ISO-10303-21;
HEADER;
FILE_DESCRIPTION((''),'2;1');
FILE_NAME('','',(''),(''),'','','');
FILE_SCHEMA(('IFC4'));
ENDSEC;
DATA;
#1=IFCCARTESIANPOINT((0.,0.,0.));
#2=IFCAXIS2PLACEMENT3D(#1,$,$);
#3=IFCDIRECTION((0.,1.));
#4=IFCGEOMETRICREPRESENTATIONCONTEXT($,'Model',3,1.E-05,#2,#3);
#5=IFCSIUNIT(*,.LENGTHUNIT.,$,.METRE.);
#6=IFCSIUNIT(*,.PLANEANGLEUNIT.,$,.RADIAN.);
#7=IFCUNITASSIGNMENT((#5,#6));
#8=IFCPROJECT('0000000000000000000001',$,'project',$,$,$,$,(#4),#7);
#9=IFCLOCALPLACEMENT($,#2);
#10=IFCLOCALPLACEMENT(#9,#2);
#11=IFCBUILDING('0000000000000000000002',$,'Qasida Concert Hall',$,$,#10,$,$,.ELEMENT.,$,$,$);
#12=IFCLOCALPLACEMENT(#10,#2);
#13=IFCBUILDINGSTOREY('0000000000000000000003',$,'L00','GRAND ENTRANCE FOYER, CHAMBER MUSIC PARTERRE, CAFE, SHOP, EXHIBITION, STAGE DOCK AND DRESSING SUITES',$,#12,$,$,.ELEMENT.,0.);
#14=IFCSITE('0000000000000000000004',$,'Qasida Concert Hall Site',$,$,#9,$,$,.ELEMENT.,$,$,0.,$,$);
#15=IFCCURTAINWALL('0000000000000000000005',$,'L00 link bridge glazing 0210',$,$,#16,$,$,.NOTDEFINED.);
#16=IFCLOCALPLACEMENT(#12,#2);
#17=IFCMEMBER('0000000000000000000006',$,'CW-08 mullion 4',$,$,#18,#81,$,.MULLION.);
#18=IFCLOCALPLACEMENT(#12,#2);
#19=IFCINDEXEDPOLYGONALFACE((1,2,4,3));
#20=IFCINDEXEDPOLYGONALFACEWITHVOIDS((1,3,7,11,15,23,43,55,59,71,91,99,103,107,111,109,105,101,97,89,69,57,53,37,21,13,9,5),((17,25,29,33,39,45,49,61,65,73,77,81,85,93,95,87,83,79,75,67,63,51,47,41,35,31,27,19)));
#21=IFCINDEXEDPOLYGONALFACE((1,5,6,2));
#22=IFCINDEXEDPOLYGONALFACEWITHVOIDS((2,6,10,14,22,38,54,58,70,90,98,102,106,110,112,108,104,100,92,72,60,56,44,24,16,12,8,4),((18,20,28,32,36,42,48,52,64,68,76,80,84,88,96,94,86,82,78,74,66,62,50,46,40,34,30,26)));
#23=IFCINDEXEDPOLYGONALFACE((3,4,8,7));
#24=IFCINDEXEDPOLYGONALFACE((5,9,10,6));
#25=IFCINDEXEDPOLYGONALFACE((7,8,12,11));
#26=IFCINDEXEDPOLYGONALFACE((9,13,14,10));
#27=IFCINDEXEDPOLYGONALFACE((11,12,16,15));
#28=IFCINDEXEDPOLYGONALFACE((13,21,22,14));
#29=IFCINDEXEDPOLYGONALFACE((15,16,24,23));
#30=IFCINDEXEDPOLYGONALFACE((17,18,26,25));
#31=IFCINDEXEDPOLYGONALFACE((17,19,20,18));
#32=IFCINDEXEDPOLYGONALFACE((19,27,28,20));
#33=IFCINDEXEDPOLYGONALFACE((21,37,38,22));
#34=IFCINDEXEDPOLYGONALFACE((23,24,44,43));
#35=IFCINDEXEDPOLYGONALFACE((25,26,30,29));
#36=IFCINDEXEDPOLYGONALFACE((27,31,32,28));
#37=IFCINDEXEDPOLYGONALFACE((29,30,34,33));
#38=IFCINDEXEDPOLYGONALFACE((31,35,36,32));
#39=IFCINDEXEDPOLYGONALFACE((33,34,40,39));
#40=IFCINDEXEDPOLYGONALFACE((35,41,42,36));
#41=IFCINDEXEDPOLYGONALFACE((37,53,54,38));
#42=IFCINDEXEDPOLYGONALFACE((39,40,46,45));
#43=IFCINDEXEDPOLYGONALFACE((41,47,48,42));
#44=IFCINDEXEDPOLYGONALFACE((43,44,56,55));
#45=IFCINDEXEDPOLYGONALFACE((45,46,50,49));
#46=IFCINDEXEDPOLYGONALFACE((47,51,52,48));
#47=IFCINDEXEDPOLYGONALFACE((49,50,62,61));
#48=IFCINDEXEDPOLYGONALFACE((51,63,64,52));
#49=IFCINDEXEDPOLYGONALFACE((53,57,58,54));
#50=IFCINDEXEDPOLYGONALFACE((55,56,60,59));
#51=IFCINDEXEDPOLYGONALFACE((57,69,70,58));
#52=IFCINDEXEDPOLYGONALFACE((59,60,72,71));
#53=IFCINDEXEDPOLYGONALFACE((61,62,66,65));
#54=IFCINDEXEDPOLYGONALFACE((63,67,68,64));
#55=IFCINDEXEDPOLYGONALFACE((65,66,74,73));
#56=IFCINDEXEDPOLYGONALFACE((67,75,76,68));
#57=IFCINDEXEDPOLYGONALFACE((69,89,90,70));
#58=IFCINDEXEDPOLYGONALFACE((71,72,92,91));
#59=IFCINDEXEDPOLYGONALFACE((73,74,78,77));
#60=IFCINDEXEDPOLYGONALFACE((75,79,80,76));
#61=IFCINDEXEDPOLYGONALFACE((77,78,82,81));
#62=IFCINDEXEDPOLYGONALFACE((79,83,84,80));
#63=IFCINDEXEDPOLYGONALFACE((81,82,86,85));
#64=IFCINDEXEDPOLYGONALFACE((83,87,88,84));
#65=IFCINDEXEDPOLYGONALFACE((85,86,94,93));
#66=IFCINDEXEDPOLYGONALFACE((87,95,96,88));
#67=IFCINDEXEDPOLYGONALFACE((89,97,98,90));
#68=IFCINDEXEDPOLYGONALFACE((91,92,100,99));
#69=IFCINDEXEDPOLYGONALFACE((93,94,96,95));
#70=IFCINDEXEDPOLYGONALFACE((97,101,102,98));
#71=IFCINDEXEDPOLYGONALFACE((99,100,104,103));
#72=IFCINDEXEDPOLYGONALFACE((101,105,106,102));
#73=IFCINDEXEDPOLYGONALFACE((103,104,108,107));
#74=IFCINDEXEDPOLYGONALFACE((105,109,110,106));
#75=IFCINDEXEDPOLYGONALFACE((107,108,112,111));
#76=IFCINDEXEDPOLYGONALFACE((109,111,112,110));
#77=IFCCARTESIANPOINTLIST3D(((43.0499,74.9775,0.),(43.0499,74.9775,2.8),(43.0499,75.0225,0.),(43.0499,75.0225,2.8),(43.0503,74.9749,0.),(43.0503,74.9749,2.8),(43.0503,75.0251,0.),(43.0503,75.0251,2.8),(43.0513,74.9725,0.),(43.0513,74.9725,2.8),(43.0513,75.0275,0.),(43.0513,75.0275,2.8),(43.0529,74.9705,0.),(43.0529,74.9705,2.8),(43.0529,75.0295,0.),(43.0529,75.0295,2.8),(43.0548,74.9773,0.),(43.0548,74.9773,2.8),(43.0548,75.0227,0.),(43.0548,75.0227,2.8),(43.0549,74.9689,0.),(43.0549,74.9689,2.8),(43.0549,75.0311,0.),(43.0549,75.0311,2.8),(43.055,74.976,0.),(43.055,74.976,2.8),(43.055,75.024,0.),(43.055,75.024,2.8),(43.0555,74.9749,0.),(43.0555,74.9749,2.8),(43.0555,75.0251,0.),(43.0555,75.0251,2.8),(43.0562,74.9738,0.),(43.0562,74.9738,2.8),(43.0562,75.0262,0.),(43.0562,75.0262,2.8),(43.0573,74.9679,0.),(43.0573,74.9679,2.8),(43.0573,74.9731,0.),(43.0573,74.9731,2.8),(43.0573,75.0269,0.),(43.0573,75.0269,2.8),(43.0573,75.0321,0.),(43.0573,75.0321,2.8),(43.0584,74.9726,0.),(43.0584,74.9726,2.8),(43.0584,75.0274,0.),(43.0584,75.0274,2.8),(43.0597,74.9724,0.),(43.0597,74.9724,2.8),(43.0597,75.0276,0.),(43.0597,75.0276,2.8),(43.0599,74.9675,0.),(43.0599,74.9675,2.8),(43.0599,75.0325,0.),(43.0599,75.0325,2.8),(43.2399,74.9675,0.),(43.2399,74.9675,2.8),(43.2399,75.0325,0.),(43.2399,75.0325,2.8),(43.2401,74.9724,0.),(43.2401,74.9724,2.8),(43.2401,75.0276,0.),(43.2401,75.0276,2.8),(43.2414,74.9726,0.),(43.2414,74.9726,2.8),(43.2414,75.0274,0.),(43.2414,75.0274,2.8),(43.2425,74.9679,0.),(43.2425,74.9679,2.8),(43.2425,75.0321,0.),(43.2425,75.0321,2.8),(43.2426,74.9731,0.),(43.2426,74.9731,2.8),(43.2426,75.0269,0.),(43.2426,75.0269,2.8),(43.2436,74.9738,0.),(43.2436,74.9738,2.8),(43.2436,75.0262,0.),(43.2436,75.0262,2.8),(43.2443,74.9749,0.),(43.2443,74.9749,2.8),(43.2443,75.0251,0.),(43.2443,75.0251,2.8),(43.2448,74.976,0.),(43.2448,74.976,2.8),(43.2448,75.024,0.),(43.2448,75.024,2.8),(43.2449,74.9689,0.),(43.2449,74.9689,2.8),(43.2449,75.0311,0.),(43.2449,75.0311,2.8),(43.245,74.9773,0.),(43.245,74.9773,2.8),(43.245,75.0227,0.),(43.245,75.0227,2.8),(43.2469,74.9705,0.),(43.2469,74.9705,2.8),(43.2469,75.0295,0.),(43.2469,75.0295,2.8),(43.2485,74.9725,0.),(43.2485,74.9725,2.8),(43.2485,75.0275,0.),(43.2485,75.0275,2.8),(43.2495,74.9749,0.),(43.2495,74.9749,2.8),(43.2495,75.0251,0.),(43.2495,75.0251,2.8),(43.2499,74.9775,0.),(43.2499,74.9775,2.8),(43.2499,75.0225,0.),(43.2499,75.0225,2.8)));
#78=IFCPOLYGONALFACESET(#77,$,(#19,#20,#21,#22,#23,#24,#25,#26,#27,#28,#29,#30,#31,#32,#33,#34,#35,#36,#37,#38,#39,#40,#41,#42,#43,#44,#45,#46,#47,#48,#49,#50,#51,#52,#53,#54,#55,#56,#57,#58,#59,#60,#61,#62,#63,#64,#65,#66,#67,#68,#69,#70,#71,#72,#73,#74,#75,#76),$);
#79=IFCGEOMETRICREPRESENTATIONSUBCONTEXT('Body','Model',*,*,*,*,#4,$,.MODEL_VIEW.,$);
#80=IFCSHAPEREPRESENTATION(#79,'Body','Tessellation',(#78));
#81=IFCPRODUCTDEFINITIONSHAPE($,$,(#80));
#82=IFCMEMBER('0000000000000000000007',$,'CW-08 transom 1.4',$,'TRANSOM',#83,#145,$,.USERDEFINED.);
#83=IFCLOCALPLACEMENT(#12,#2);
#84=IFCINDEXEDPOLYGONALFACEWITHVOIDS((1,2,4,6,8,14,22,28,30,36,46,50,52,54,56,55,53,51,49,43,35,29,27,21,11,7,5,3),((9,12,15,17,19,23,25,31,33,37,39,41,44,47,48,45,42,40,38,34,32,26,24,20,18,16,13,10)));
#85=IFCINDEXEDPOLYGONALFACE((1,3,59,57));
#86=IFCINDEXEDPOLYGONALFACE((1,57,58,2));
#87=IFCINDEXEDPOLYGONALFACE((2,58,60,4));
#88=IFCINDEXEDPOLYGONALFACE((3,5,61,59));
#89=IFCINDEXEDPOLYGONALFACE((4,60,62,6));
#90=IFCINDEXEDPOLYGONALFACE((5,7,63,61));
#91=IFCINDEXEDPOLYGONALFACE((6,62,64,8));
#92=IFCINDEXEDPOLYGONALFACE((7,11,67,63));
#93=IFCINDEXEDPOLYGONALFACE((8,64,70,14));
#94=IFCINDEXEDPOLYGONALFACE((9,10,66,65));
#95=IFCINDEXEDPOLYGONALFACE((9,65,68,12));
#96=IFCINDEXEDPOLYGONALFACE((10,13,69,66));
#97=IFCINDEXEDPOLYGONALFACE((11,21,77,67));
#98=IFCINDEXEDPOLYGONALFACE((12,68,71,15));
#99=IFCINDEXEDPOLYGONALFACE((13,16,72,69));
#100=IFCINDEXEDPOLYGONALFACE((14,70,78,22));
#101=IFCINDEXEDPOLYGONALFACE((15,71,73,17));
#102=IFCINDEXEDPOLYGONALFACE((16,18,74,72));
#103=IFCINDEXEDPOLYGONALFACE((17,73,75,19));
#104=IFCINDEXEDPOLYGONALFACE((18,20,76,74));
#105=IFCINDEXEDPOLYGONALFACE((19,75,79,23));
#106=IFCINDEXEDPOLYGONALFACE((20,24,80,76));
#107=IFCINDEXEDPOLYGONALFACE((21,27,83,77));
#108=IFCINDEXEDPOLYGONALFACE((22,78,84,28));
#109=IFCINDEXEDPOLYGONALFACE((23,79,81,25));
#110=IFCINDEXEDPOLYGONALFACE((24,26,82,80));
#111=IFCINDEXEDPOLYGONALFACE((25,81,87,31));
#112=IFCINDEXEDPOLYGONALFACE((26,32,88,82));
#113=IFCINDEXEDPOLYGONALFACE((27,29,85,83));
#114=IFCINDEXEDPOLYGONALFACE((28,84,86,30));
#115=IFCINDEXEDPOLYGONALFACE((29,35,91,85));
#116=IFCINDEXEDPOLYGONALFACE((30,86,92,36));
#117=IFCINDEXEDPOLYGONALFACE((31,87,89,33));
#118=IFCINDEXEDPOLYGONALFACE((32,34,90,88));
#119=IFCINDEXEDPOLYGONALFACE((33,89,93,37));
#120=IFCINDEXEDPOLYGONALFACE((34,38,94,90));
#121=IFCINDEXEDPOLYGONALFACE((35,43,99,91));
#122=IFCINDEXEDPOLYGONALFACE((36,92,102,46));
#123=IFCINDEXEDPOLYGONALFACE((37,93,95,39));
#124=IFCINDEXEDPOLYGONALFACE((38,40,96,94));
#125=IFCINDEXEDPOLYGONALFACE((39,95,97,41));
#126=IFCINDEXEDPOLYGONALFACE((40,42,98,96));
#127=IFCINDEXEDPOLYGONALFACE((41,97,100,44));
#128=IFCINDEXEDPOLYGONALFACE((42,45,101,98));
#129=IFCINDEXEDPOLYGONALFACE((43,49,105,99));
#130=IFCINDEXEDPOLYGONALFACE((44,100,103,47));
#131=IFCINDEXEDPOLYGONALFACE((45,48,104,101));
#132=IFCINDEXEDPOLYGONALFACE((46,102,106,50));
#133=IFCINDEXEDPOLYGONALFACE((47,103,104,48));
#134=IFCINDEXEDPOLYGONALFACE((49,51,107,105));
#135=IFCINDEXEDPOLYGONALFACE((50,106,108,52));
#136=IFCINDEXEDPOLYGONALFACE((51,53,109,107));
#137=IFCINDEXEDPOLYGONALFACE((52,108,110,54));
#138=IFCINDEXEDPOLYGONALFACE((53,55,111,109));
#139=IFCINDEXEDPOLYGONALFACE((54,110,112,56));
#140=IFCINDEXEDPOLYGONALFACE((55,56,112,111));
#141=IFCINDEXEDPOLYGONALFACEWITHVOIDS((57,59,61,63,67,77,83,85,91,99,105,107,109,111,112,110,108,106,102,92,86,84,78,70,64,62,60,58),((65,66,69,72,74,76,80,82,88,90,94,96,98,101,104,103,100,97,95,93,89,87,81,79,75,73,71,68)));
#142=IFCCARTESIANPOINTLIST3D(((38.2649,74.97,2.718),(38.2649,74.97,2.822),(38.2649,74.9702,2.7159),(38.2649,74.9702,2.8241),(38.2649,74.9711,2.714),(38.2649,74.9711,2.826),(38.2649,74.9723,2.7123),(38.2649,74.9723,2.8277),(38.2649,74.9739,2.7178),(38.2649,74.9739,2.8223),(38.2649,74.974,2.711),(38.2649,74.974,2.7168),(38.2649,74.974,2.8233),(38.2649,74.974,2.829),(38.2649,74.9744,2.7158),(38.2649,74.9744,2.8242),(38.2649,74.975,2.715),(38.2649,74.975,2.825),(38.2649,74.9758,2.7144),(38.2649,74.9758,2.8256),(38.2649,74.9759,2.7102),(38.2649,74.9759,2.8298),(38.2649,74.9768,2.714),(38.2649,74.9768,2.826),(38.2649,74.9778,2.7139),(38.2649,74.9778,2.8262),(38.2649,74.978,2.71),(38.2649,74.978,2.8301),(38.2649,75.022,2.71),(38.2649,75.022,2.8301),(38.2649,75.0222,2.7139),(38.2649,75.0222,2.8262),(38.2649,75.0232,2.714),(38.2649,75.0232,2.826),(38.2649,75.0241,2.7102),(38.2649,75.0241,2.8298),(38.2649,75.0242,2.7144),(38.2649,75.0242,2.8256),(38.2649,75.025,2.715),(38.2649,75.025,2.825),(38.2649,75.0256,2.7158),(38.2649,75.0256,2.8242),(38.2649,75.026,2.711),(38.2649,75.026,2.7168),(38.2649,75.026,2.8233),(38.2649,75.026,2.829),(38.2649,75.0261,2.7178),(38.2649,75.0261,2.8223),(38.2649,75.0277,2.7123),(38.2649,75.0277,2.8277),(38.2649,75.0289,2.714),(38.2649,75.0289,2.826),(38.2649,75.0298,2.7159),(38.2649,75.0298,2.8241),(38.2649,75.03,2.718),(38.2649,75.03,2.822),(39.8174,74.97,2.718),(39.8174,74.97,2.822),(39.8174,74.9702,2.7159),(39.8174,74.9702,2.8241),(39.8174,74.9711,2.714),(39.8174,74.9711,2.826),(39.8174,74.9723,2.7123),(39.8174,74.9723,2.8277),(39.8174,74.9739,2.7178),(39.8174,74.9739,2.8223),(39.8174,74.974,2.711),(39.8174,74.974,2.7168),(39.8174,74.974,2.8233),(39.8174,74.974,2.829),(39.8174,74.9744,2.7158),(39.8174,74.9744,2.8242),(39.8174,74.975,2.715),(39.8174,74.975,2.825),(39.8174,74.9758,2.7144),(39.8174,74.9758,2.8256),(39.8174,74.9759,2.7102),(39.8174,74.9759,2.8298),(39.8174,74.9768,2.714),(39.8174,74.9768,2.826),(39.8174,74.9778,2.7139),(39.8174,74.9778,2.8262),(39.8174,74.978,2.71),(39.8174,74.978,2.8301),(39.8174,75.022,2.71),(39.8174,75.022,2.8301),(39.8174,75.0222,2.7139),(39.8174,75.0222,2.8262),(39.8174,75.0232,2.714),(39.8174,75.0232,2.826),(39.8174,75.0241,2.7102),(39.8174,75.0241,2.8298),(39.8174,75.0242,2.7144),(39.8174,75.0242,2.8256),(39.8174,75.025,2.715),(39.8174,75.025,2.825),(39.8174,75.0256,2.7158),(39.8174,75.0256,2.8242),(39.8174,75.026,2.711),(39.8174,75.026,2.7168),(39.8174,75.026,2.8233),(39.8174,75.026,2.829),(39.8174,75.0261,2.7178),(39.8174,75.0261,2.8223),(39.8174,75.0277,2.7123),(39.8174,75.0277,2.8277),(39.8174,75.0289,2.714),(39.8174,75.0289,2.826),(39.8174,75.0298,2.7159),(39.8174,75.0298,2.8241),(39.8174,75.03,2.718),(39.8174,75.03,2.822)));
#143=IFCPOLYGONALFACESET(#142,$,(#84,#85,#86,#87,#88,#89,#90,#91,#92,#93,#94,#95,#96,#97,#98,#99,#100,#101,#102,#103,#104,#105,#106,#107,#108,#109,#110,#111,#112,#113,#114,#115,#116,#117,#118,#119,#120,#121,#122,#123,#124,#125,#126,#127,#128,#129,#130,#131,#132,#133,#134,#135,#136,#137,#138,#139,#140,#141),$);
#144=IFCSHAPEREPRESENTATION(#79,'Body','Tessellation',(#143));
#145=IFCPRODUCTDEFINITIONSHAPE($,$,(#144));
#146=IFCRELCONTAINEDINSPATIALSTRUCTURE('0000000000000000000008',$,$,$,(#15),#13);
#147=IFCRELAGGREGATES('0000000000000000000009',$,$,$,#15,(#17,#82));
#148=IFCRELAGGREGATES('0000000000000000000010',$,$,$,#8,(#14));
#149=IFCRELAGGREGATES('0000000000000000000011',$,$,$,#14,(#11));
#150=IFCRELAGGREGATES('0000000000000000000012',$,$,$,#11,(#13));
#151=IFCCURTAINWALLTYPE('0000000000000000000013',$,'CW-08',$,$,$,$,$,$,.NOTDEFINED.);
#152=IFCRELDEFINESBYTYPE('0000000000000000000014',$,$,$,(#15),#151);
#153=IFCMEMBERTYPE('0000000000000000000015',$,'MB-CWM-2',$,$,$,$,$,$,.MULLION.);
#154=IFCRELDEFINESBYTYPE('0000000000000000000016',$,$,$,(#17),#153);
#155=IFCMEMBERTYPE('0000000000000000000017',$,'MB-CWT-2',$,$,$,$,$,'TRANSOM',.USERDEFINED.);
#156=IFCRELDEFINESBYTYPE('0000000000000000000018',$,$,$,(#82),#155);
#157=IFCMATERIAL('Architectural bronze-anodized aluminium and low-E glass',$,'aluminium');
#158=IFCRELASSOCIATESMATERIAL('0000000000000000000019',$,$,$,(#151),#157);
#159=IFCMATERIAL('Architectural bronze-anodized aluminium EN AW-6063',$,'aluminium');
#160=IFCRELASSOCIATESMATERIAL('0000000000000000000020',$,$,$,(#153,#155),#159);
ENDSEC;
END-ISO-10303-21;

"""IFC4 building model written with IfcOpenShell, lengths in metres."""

from ifc_helpers import new_model, si_unit, direction, frame, origin, origin_2d, place, context, subcontext, project, spatial, hollow_rectangle, extrude, material, material_profile, profile_set, type_object, element, aggregate, save


model = new_model("IFC4")

# Units and contexts
model_context = context("Model", 3, precision=1e-05, world=origin(), true_north=direction((0.0, 1.0)))
body_context = subcontext(model_context, "Body", "Model", "MODEL_VIEW")
ifc_project = project(units=[si_unit("LENGTHUNIT", "METRE"), si_unit("PLANEANGLEUNIT", "RADIAN")], contexts=[model_context])

# Site, building, storey
site_placement = place(None, origin())
site = spatial("IfcSite", under=ifc_project, at=site_placement, Name="Qasida Concert Hall Site", CompositionType="ELEMENT", RefElevation=0.0)
building_placement = place(site_placement, origin())
building = spatial("IfcBuilding", under=site, at=building_placement, Name="Qasida Concert Hall", CompositionType="ELEMENT")
storey_placement = place(building_placement, origin())
storey = spatial("IfcBuildingStorey", under=building, at=storey_placement, Name="L00", Description="GRAND ENTRANCE FOYER, CHAMBER MUSIC PARTERRE, CAFE, SHOP, EXHIBITION, STAGE DOCK AND DRESSING SUITES", CompositionType="ELEMENT", Elevation=0.0)

# Curtain wall, members
ifc_material_1 = material(Name="Architectural bronze-anodized aluminium and low-E glass", Category="aluminium")
curtain_wall_type = type_object("IfcCurtainWallType", Name="CW-08", PredefinedType="NOTDEFINED", material=ifc_material_1)
curtain_wall_placement = place(storey_placement, origin())
curtain_wall = element("IfcCurtainWall", 1, at=curtain_wall_placement, inside=storey, type_object=curtain_wall_type, Name="L00 link bridge glazing 0210", PredefinedType="NOTDEFINED")
ifc_material_2 = material(Name="Architectural bronze-anodized aluminium EN AW-6063", Category="aluminium")
ifc_material_profile_1 = material_profile(ifc_material_2, hollow_rectangle(XDim=0.0649, YDim=0.2, WallThickness=0.0049, InnerFilletRadius=0.0049, OuterFilletRadius=0.01, at=origin_2d()), Name="CWM 200x65x5")
ifc_profile_set_1 = profile_set([ifc_material_profile_1], Name="Architectural bronze-anodized aluminium EN AW-6063")
member_type_1 = type_object("IfcMemberType", Name="MB-CWM-2", PredefinedType="MULLION", material=ifc_profile_set_1)
member_1_placement = place(storey_placement, frame((43.1499, 75.0, 0.0), z_axis=(0.0, 0.0, 1.0), x_axis=(0.0, 1.0, 0.0)))
member_1 = element("IfcMember", 2, at=member_1_placement, type_object=member_type_1, Name="CW-08 mullion 4", PredefinedType="MULLION", context=body_context, shape_type="SweptSolid", body=[
    extrude(hollow_rectangle(XDim=0.0649, YDim=0.2, WallThickness=0.0049, InnerFilletRadius=0.0049, OuterFilletRadius=0.01, at=origin_2d()), origin(), (0.0, 0.0, 1.0), 2.8),
])
ifc_material_profile_2 = material_profile(ifc_material_2, hollow_rectangle(XDim=0.0601, YDim=0.1201, WallThickness=0.0039, InnerFilletRadius=0.0039, OuterFilletRadius=0.0081, at=origin_2d()), Name="CWT 120x60x4")
ifc_profile_set_2 = profile_set([ifc_material_profile_2], Name="Architectural bronze-anodized aluminium EN AW-6063")
member_type_2 = type_object("IfcMemberType", Name="MB-CWT-2", ElementType="TRANSOM", PredefinedType="USERDEFINED", material=ifc_profile_set_2)
member_2_placement = place(storey_placement, frame((38.2649, 75.0, 2.77), z_axis=(1.0, 0.0, 0.0), x_axis=(0.0, 1.0, 0.0)))
member_2 = element("IfcMember", 3, at=member_2_placement, type_object=member_type_2, Name="CW-08 transom 1.4", ObjectType="TRANSOM", PredefinedType="USERDEFINED", context=body_context, shape_type="SweptSolid", body=[
    extrude(hollow_rectangle(XDim=0.0601, YDim=0.1201, WallThickness=0.0039, InnerFilletRadius=0.0039, OuterFilletRadius=0.0081, at=origin_2d()), origin(), (0.0, 0.0, 1.0), 1.5525),
])
aggregate(curtain_wall, [member_1, member_2])

save(model, "model.ifc")
